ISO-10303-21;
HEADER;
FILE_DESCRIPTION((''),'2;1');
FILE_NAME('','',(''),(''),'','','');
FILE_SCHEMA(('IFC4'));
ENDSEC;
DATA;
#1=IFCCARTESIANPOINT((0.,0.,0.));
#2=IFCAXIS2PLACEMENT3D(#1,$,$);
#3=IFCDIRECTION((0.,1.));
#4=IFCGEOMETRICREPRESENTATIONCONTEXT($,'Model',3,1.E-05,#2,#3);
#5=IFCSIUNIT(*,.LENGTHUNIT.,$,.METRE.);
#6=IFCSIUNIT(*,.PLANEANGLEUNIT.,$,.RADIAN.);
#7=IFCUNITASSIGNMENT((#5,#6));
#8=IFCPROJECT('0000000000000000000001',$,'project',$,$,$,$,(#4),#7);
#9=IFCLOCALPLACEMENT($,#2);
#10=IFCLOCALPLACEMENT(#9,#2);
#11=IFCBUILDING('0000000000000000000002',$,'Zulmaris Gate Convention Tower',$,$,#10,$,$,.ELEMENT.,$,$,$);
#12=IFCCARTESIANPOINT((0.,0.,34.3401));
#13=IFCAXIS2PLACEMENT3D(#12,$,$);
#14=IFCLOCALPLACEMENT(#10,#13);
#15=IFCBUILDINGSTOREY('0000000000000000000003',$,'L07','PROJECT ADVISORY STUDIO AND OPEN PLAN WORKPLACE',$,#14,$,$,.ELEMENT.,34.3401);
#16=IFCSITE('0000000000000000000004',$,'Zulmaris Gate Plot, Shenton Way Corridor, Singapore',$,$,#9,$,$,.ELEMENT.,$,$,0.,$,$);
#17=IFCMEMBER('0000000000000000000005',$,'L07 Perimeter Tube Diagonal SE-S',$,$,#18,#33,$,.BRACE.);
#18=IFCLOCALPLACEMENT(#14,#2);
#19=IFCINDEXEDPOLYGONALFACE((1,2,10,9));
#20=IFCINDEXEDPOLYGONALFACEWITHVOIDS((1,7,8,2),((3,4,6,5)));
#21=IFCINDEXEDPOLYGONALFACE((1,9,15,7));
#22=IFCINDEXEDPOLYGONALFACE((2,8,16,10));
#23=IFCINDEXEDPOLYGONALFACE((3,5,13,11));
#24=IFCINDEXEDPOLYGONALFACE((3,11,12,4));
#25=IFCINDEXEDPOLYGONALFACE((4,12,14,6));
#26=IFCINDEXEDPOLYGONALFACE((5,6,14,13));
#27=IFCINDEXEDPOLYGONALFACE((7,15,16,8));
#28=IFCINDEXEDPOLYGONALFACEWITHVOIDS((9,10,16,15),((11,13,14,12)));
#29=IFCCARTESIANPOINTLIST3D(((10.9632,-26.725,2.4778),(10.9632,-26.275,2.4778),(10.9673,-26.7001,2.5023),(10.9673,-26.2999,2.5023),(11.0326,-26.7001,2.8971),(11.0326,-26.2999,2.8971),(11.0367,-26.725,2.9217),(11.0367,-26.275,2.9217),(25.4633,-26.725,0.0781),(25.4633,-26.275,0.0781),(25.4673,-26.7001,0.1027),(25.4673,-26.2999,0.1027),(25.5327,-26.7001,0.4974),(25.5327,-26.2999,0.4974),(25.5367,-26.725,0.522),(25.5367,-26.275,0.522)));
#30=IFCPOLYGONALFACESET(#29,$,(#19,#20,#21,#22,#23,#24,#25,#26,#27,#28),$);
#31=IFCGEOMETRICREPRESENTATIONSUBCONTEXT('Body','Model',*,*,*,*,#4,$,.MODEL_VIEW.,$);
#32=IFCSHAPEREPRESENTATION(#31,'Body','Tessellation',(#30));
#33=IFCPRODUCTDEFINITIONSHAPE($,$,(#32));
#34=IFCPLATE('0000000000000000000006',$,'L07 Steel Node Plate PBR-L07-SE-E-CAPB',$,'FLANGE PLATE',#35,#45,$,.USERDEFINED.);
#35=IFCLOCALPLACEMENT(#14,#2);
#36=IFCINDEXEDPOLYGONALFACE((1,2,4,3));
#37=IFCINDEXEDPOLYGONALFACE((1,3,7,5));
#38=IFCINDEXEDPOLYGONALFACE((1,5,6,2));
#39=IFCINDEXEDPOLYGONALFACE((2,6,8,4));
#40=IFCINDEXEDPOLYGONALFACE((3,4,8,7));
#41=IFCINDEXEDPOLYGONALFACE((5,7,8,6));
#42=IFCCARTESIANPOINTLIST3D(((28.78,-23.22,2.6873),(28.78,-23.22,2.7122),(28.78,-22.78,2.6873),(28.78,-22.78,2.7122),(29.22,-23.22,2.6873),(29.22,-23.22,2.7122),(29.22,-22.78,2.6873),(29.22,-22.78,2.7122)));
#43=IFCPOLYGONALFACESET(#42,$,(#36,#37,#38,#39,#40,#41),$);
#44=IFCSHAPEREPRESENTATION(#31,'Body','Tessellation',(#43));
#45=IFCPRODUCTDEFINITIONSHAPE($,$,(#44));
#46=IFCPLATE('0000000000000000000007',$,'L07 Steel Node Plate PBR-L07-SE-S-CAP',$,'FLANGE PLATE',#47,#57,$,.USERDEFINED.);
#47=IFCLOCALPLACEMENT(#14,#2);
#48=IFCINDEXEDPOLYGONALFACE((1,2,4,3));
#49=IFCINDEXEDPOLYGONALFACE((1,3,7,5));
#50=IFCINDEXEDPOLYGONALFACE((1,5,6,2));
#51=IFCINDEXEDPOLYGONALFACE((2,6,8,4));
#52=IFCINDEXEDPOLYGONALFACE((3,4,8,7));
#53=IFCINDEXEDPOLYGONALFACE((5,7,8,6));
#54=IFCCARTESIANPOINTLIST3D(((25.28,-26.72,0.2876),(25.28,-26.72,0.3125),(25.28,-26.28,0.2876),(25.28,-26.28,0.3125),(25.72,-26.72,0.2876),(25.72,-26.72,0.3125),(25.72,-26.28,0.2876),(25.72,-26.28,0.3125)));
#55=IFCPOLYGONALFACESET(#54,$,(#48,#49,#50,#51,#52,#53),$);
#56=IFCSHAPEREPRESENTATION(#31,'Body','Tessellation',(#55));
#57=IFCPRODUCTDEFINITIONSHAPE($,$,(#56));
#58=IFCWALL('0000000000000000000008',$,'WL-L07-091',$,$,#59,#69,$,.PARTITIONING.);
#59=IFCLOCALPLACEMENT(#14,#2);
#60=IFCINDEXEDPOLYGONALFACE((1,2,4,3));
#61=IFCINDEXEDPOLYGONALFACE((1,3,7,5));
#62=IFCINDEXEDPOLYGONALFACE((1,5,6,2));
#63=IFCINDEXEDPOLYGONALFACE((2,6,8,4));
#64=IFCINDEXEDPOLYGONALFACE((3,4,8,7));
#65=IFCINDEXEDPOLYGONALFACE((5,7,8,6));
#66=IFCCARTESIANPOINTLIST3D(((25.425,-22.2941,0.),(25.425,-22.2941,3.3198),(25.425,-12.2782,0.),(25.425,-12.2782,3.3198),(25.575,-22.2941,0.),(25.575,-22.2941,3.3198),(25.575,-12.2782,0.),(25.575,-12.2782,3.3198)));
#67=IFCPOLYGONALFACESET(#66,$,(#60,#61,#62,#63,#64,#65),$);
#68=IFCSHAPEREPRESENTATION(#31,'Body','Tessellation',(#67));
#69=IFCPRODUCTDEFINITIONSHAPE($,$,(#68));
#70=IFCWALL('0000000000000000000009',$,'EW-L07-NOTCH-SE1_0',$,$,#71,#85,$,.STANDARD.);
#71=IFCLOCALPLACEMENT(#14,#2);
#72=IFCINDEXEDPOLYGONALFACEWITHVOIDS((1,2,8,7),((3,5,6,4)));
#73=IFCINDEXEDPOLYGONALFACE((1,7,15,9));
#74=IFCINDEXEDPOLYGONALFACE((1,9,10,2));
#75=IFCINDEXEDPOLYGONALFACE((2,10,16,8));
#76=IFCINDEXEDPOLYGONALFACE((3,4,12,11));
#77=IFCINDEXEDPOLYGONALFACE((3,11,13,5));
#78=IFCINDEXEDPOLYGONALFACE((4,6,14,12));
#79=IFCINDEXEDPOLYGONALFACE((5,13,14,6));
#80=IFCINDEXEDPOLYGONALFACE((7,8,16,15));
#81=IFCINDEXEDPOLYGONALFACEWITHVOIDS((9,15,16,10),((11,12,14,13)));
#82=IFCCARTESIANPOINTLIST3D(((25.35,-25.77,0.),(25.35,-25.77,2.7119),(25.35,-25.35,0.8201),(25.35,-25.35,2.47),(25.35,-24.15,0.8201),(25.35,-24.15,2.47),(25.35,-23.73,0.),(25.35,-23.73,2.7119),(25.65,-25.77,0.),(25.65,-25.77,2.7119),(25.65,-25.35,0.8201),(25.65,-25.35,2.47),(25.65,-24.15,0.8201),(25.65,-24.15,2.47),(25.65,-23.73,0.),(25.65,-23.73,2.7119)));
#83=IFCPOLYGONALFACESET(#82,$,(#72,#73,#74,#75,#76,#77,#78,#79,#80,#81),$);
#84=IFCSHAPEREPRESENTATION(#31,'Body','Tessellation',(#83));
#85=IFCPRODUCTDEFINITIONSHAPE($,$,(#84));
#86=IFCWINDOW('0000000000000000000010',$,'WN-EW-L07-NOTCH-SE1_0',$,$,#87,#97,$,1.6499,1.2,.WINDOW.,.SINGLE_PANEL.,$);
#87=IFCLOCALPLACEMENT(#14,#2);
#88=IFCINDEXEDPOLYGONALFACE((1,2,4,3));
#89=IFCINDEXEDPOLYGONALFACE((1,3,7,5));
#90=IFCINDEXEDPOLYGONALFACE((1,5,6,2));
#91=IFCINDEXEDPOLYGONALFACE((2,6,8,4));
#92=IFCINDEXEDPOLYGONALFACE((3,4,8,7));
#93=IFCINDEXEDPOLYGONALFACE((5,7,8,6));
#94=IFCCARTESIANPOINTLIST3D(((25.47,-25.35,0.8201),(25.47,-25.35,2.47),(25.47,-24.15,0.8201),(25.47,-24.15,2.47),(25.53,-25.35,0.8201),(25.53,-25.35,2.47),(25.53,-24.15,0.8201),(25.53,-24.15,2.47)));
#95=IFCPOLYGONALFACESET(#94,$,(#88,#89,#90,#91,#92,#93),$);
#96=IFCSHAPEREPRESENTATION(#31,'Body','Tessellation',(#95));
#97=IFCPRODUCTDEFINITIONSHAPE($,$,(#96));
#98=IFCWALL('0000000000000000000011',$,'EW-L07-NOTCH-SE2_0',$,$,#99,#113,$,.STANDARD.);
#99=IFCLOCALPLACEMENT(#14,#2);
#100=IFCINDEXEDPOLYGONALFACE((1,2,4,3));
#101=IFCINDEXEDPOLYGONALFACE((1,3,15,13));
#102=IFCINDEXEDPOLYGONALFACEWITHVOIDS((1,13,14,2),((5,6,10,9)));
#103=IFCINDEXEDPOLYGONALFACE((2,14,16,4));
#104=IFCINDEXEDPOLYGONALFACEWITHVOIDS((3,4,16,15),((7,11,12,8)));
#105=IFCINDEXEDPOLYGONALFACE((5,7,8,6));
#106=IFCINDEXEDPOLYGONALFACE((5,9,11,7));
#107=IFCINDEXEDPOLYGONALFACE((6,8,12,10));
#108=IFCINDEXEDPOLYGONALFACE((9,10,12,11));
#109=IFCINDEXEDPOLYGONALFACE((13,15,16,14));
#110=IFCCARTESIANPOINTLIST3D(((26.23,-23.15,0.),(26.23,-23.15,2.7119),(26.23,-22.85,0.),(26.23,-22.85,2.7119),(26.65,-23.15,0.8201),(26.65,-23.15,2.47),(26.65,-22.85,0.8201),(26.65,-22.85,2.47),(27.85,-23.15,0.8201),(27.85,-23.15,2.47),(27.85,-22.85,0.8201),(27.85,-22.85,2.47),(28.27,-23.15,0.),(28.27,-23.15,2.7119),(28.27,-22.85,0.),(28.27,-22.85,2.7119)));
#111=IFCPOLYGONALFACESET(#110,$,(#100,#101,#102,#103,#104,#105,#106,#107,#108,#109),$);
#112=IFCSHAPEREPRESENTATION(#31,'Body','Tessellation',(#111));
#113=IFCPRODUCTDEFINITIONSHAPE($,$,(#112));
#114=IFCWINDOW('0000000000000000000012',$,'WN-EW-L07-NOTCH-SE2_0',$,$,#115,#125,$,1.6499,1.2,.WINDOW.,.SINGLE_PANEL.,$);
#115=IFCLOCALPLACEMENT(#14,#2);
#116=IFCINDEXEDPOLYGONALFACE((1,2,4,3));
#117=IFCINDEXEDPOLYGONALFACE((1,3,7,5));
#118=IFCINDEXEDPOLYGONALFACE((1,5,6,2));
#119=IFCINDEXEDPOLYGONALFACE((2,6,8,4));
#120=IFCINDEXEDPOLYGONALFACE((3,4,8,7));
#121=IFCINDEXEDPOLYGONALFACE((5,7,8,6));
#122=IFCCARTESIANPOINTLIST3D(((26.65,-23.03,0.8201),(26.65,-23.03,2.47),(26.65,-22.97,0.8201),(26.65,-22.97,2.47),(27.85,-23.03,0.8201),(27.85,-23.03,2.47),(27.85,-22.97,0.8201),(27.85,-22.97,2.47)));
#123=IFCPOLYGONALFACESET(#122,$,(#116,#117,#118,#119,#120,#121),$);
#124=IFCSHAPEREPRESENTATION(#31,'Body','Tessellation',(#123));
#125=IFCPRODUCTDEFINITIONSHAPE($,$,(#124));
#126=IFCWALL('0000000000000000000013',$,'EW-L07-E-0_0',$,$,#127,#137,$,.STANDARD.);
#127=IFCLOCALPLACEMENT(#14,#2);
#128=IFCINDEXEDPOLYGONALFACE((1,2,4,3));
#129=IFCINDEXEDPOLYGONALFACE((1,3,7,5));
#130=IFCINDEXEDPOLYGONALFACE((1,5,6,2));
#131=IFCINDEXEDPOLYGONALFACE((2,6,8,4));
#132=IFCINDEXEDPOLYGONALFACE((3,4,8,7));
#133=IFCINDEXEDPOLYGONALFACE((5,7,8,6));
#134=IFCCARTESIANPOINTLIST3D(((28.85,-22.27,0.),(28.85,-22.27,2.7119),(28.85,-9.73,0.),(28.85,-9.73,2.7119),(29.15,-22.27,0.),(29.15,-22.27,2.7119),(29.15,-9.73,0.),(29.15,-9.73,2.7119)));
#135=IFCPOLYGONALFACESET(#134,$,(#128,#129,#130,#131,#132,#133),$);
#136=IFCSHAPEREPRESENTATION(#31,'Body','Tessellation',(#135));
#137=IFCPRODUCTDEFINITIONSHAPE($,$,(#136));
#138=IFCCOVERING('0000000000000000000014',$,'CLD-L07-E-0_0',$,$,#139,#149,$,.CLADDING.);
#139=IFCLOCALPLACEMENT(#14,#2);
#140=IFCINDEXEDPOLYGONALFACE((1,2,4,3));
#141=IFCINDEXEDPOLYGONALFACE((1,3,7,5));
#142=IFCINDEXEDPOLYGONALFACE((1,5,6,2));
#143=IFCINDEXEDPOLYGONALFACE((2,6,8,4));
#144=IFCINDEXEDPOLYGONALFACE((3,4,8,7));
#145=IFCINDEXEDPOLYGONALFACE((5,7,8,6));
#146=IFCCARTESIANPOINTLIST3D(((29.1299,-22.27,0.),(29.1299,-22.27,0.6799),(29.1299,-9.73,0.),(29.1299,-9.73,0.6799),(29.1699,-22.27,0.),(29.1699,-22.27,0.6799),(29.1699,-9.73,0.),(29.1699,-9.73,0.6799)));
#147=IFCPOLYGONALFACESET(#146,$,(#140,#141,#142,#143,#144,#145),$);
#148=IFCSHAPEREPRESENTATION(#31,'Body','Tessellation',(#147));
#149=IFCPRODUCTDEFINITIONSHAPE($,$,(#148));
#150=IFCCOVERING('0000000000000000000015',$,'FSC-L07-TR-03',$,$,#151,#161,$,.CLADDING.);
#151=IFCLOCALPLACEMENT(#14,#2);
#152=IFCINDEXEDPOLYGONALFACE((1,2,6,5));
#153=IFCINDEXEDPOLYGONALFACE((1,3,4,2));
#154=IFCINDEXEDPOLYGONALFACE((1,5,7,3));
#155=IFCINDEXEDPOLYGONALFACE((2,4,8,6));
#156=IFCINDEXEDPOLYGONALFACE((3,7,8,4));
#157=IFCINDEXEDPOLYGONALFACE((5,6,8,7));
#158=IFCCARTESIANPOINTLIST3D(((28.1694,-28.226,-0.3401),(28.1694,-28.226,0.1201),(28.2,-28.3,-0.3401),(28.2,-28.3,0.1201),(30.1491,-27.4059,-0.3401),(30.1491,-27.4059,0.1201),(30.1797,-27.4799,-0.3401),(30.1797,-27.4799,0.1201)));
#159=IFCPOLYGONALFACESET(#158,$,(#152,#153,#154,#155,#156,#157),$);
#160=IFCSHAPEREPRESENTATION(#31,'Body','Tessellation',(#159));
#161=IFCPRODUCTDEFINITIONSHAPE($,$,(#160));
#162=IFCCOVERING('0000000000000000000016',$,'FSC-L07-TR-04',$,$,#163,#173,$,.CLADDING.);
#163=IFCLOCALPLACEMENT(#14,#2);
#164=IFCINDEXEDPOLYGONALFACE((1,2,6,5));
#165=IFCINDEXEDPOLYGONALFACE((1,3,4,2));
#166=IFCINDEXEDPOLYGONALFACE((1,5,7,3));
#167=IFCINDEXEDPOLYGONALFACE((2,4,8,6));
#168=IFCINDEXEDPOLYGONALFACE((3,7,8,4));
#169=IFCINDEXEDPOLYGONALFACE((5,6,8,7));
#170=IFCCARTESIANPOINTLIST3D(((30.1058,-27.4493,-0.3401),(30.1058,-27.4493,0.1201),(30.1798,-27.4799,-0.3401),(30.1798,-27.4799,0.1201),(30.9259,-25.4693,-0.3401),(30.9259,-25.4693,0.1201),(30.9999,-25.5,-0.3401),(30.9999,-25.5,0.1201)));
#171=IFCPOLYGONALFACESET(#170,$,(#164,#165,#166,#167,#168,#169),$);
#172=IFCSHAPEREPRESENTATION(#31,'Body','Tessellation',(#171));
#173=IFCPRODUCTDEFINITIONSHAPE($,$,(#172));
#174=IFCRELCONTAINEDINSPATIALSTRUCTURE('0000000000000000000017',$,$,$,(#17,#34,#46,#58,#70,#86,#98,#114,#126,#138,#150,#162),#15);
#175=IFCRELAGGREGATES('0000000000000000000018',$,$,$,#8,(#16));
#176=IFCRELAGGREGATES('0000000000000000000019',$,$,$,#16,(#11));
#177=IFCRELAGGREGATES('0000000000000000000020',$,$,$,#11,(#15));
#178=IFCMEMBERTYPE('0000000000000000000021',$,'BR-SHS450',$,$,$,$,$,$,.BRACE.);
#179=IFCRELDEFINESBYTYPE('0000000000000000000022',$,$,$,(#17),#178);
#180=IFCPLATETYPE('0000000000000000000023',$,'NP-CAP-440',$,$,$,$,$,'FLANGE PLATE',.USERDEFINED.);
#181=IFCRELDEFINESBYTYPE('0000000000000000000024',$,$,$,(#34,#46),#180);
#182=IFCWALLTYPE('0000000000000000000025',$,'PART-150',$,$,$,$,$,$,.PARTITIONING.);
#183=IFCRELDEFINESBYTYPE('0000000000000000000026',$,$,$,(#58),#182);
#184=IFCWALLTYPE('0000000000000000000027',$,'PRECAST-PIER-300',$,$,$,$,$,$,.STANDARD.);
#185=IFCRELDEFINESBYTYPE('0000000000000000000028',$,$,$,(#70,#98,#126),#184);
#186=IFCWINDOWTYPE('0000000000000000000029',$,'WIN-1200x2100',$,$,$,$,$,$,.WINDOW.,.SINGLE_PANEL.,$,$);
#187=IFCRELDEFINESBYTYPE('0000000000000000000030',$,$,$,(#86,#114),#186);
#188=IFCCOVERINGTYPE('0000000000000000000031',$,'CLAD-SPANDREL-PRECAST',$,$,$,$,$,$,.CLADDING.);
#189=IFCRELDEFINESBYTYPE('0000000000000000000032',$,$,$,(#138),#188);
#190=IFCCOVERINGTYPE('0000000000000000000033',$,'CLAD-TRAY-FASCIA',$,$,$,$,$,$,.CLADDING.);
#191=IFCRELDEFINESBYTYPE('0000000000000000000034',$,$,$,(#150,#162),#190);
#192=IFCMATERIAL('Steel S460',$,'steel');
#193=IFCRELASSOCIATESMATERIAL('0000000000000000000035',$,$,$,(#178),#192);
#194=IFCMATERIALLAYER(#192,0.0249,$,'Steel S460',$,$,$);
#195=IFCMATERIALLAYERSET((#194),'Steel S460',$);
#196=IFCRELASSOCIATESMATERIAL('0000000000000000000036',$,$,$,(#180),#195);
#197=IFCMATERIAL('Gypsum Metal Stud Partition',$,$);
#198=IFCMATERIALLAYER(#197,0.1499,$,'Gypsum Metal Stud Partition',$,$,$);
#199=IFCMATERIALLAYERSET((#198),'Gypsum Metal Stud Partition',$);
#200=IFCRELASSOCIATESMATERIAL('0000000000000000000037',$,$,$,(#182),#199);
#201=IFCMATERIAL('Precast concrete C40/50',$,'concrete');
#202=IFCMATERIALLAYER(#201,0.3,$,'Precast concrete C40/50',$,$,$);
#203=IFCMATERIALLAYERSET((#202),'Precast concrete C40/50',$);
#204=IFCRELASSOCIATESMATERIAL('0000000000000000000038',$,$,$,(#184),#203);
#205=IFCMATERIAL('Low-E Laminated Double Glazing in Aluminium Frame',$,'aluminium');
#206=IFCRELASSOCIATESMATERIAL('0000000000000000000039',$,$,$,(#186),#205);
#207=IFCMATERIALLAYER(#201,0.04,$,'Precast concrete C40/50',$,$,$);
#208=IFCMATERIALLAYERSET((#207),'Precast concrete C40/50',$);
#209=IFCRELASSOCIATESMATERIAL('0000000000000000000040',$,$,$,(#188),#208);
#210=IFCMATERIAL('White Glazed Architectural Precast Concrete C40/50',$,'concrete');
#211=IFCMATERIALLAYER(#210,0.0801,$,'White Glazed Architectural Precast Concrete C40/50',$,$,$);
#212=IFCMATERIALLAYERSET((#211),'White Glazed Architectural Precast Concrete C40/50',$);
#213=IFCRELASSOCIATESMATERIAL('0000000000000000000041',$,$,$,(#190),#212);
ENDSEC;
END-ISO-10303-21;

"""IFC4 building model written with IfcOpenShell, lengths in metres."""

from ifc_helpers import new_model, si_unit, direction, frame, frame_2d, origin, origin_2d, place, context, subcontext, project, spatial, rectangle, hollow_rectangle, extrude, material, layer, layer_set, material_profile, profile_set, type_object, element, fill, save


model = new_model("IFC4")

# Units and contexts
model_context = context("Model", 3, precision=1e-05, world=origin(), true_north=direction((0.0, 1.0)))
body_context = subcontext(model_context, "Body", "Model", "MODEL_VIEW")
ifc_project = project(units=[si_unit("LENGTHUNIT", "METRE"), si_unit("PLANEANGLEUNIT", "RADIAN")], contexts=[model_context])

# Site, building, storey
site_placement = place(None, origin())
site = spatial("IfcSite", under=ifc_project, at=site_placement, Name="Zulmaris Gate Plot, Shenton Way Corridor, Singapore", CompositionType="ELEMENT", RefElevation=0.0)
building_placement = place(site_placement, origin())
building = spatial("IfcBuilding", under=site, at=building_placement, Name="Zulmaris Gate Convention Tower", CompositionType="ELEMENT")
storey_placement = place(building_placement, frame((0.0, 0.0, 34.3401)))
storey = spatial("IfcBuildingStorey", under=building, at=storey_placement, Name="L07", Description="PROJECT ADVISORY STUDIO AND OPEN PLAN WORKPLACE", CompositionType="ELEMENT", Elevation=34.3401)

# Member
ifc_material_1 = material(Name="Steel S460", Category="steel")
ifc_material_profile_1 = material_profile(ifc_material_1, hollow_rectangle(XDim=0.45, YDim=0.45, WallThickness=0.0249, at=origin_2d()), Name="SHS 450x450x25")
ifc_profile_set_1 = profile_set([ifc_material_profile_1], Name="Steel S460")
member_type = type_object("IfcMemberType", Name="BR-SHS450", PredefinedType="BRACE", material=ifc_profile_set_1)
member_placement = place(storey_placement, frame((25.5, -26.5, 0.3), z_axis=(-0.986581, 0.0, 0.163273), x_axis=(0.0, -1.0, 0.0)))
element("IfcMember", 1, at=member_placement, inside=storey, type_object=member_type, Name="L07 Perimeter Tube Diagonal SE-S", PredefinedType="BRACE", context=body_context, shape_type="SweptSolid", body=[
    extrude(hollow_rectangle(XDim=0.45, YDim=0.45, WallThickness=0.0249, at=origin_2d()), origin(), (0.0, 0.0, 1.0), 14.6973),
])

# Plates
ifc_layer_1 = layer(ifc_material_1, 0.0249, Name="Steel S460")
ifc_layer_set_1 = layer_set([ifc_layer_1], Name="Steel S460")
plate_type = type_object("IfcPlateType", Name="NP-CAP-440", ElementType="FLANGE PLATE", PredefinedType="USERDEFINED", material=ifc_layer_set_1)
for number, where, z_axis, x_axis, name in (
    (2, (29.0, -23.0, 2.6873), (0.0, 0.0, 1.0), (1.0, 0.0, 0.0), "L07 Steel Node Plate PBR-L07-SE-E-CAPB"),
    (3, (25.5, -26.5, 0.2876), (0.0, 0.0, 1.0), (1.0, 0.0, 0.0), "L07 Steel Node Plate PBR-L07-SE-S-CAP"),
):
    element("IfcPlate", number, at=place(storey_placement, frame(where, z_axis=z_axis, x_axis=x_axis)), inside=storey, type_object=plate_type, Name=name, ObjectType="FLANGE PLATE", PredefinedType="USERDEFINED", context=body_context, shape_type="SweptSolid", body=[
        extrude(rectangle(XDim=0.4399, YDim=0.4399, at=origin_2d()), origin(), (0.0, 0.0, 1.0), 0.0249),
    ])

# Shared definitions
ifc_material_2 = material(Name="Gypsum Metal Stud Partition")
ifc_layer_2 = layer(ifc_material_2, 0.1499, Name="Gypsum Metal Stud Partition")
ifc_layer_set_2 = layer_set([ifc_layer_2], Name="Gypsum Metal Stud Partition")
wall_type_1 = type_object("IfcWallType", Name="PART-150", PredefinedType="PARTITIONING", material=ifc_layer_set_2)

# Wall
wall_1_placement = place(storey_placement, frame((25.5, -22.2939, 0.0), z_axis=(0.0, 0.0, 1.0), x_axis=(0.0, 1.0, 0.0)))
element("IfcWall", 4, at=wall_1_placement, inside=storey, type_object=wall_type_1, Name="WL-L07-091", PredefinedType="PARTITIONING", context=body_context, shape_type="SweptSolid", body=[
    extrude(rectangle(XDim=10.0159, YDim=0.1499, at=frame_2d((5.0078, 0.0))), origin(), (0.0, 0.0, 1.0), 3.3198),
])

# Walls, openings, windows
ifc_material_3 = material(Name="Precast concrete C40/50", Category="concrete")
ifc_layer_3 = layer(ifc_material_3, 0.3, Name="Precast concrete C40/50")
ifc_layer_set_3 = layer_set([ifc_layer_3], Name="Precast concrete C40/50")
wall_type_2 = type_object("IfcWallType", Name="PRECAST-PIER-300", PredefinedType="STANDARD", material=ifc_layer_set_3)
wall_2_placement = place(storey_placement, frame((25.5, -25.77, 0.0), z_axis=(0.0, 0.0, 1.0), x_axis=(0.0, 1.0, 0.0)))
wall_2 = element("IfcWall", 5, at=wall_2_placement, inside=storey, type_object=wall_type_2, Name="EW-L07-NOTCH-SE1_0", PredefinedType="STANDARD", context=body_context, shape_type="SweptSolid", body=[
    extrude(rectangle(XDim=2.04, YDim=0.3, at=frame_2d((1.02, 0.0))), origin(), (0.0, 0.0, 1.0), 2.7119),
])
opening_1_placement = place(wall_2_placement, frame((0.4199, 0.0, 0.8201)))
opening_1 = element("IfcOpeningElement", 6, at=opening_1_placement, cuts=wall_2, PredefinedType="OPENING", context=body_context, shape_type="SweptSolid", body=[
    extrude(rectangle(XDim=1.2, YDim=1.6499, at=frame_2d((0.6001, 0.825))), frame((0.0, 0.1602, 0.0), z_axis=(0.0, -1.0, 0.0), x_axis=(1.0, 0.0, 0.0)), (0.0, 0.0, 1.0), 0.3201),
])
ifc_material_4 = material(Name="Low-E Laminated Double Glazing in Aluminium Frame", Category="aluminium")
window_type = type_object("IfcWindowType", Name="WIN-1200x2100", PartitioningType="SINGLE_PANEL", PredefinedType="WINDOW", material=ifc_material_4)
window_1_placement = place(opening_1_placement, origin())
window_1 = element("IfcWindow", 7, at=window_1_placement, inside=storey, type_object=window_type, Name="WN-EW-L07-NOTCH-SE1_0", OverallHeight=1.6499, OverallWidth=1.2, PartitioningType="SINGLE_PANEL", PredefinedType="WINDOW", context=body_context, shape_type="SweptSolid", body=[
    extrude(rectangle(XDim=1.2, YDim=1.6499, at=frame_2d((0.6001, 0.825))), frame((0.0, 0.03, 0.0), z_axis=(0.0, -1.0, 0.0), x_axis=(1.0, 0.0, 0.0)), (0.0, 0.0, 1.0), 0.0601),
])
fill(opening_1, window_1)
wall_3_placement = place(storey_placement, frame((26.23, -23.0, 0.0), z_axis=(0.0, 0.0, 1.0), x_axis=(1.0, 0.0, 0.0)))
wall_3 = element("IfcWall", 8, at=wall_3_placement, inside=storey, type_object=wall_type_2, Name="EW-L07-NOTCH-SE2_0", PredefinedType="STANDARD", context=body_context, shape_type="SweptSolid", body=[
    extrude(rectangle(XDim=2.04, YDim=0.3, at=frame_2d((1.02, 0.0))), origin(), (0.0, 0.0, 1.0), 2.7119),
])
opening_2_placement = place(wall_3_placement, frame((0.4199, 0.0, 0.8201)))
opening_2 = element("IfcOpeningElement", 9, at=opening_2_placement, cuts=wall_3, PredefinedType="OPENING", context=body_context, shape_type="SweptSolid", body=[
    extrude(rectangle(XDim=1.2, YDim=1.6499, at=frame_2d((0.6001, 0.825))), frame((0.0, 0.1602, 0.0), z_axis=(0.0, -1.0, 0.0), x_axis=(1.0, 0.0, 0.0)), (0.0, 0.0, 1.0), 0.3201),
])
window_2_placement = place(opening_2_placement, origin())
window_2 = element("IfcWindow", 10, at=window_2_placement, inside=storey, type_object=window_type, Name="WN-EW-L07-NOTCH-SE2_0", OverallHeight=1.6499, OverallWidth=1.2, PartitioningType="SINGLE_PANEL", PredefinedType="WINDOW", context=body_context, shape_type="SweptSolid", body=[
    extrude(rectangle(XDim=1.2, YDim=1.6499, at=frame_2d((0.6001, 0.825))), frame((0.0, 0.03, 0.0), z_axis=(0.0, -1.0, 0.0), x_axis=(1.0, 0.0, 0.0)), (0.0, 0.0, 1.0), 0.0601),
])
fill(opening_2, window_2)

# Wall
wall_4_placement = place(storey_placement, frame((29.0, -22.27, 0.0), z_axis=(0.0, 0.0, 1.0), x_axis=(0.0, 1.0, 0.0)))
element("IfcWall", 11, at=wall_4_placement, inside=storey, type_object=wall_type_2, Name="EW-L07-E-0_0", PredefinedType="STANDARD", context=body_context, shape_type="SweptSolid", body=[
    extrude(rectangle(XDim=12.54, YDim=0.3, at=frame_2d((6.27, 0.0))), origin(), (0.0, 0.0, 1.0), 2.7119),
])

# Coverings
ifc_layer_4 = layer(ifc_material_3, 0.04, Name="Precast concrete C40/50")
ifc_layer_set_4 = layer_set([ifc_layer_4], Name="Precast concrete C40/50")
covering_type_1 = type_object("IfcCoveringType", Name="CLAD-SPANDREL-PRECAST", PredefinedType="CLADDING", material=ifc_layer_set_4)
covering_1_placement = place(storey_placement, frame((29.1499, -22.27, 0.0), z_axis=(0.0, 0.0, 1.0), x_axis=(0.0, 1.0, 0.0)))
element("IfcCovering", 12, at=covering_1_placement, inside=storey, type_object=covering_type_1, Name="CLD-L07-E-0_0", PredefinedType="CLADDING", context=body_context, shape_type="SweptSolid", body=[
    extrude(rectangle(XDim=12.54, YDim=0.04, at=frame_2d((6.27, 0.0))), origin(), (0.0, 0.0, 1.0), 0.6799),
])
ifc_material_5 = material(Name="White Glazed Architectural Precast Concrete C40/50", Category="concrete")
ifc_layer_5 = layer(ifc_material_5, 0.0801, Name="White Glazed Architectural Precast Concrete C40/50")
ifc_layer_set_5 = layer_set([ifc_layer_5], Name="White Glazed Architectural Precast Concrete C40/50")
covering_type_2 = type_object("IfcCoveringType", Name="CLAD-TRAY-FASCIA", PredefinedType="CLADDING", material=ifc_layer_set_5)
covering_2_placement = place(storey_placement, frame((28.1848, -28.2629, -0.3401), z_axis=(0.0, 0.0, 1.0), x_axis=(0.923874, 0.382697, 0.0)))
element("IfcCovering", 13, at=covering_2_placement, inside=storey, type_object=covering_type_2, Name="FSC-L07-TR-03", PredefinedType="CLADDING", context=body_context, shape_type="SweptSolid", body=[
    extrude(rectangle(XDim=2.1428, YDim=0.0801, at=frame_2d((1.0713, 0.0))), origin(), (0.0, 0.0, 1.0), 0.4602),
])
covering_3_placement = place(storey_placement, frame((30.1428, -27.4646, -0.3401), z_axis=(0.0, 0.0, 1.0), x_axis=(0.382657, 0.92389, 0.0)))
element("IfcCovering", 14, at=covering_3_placement, inside=storey, type_object=covering_type_2, Name="FSC-L07-TR-04", PredefinedType="CLADDING", context=body_context, shape_type="SweptSolid", body=[
    extrude(rectangle(XDim=2.1431, YDim=0.0801, at=frame_2d((1.0715, 0.0))), origin(), (0.0, 0.0, 1.0), 0.4602),
])

save(model, "model.ifc")
